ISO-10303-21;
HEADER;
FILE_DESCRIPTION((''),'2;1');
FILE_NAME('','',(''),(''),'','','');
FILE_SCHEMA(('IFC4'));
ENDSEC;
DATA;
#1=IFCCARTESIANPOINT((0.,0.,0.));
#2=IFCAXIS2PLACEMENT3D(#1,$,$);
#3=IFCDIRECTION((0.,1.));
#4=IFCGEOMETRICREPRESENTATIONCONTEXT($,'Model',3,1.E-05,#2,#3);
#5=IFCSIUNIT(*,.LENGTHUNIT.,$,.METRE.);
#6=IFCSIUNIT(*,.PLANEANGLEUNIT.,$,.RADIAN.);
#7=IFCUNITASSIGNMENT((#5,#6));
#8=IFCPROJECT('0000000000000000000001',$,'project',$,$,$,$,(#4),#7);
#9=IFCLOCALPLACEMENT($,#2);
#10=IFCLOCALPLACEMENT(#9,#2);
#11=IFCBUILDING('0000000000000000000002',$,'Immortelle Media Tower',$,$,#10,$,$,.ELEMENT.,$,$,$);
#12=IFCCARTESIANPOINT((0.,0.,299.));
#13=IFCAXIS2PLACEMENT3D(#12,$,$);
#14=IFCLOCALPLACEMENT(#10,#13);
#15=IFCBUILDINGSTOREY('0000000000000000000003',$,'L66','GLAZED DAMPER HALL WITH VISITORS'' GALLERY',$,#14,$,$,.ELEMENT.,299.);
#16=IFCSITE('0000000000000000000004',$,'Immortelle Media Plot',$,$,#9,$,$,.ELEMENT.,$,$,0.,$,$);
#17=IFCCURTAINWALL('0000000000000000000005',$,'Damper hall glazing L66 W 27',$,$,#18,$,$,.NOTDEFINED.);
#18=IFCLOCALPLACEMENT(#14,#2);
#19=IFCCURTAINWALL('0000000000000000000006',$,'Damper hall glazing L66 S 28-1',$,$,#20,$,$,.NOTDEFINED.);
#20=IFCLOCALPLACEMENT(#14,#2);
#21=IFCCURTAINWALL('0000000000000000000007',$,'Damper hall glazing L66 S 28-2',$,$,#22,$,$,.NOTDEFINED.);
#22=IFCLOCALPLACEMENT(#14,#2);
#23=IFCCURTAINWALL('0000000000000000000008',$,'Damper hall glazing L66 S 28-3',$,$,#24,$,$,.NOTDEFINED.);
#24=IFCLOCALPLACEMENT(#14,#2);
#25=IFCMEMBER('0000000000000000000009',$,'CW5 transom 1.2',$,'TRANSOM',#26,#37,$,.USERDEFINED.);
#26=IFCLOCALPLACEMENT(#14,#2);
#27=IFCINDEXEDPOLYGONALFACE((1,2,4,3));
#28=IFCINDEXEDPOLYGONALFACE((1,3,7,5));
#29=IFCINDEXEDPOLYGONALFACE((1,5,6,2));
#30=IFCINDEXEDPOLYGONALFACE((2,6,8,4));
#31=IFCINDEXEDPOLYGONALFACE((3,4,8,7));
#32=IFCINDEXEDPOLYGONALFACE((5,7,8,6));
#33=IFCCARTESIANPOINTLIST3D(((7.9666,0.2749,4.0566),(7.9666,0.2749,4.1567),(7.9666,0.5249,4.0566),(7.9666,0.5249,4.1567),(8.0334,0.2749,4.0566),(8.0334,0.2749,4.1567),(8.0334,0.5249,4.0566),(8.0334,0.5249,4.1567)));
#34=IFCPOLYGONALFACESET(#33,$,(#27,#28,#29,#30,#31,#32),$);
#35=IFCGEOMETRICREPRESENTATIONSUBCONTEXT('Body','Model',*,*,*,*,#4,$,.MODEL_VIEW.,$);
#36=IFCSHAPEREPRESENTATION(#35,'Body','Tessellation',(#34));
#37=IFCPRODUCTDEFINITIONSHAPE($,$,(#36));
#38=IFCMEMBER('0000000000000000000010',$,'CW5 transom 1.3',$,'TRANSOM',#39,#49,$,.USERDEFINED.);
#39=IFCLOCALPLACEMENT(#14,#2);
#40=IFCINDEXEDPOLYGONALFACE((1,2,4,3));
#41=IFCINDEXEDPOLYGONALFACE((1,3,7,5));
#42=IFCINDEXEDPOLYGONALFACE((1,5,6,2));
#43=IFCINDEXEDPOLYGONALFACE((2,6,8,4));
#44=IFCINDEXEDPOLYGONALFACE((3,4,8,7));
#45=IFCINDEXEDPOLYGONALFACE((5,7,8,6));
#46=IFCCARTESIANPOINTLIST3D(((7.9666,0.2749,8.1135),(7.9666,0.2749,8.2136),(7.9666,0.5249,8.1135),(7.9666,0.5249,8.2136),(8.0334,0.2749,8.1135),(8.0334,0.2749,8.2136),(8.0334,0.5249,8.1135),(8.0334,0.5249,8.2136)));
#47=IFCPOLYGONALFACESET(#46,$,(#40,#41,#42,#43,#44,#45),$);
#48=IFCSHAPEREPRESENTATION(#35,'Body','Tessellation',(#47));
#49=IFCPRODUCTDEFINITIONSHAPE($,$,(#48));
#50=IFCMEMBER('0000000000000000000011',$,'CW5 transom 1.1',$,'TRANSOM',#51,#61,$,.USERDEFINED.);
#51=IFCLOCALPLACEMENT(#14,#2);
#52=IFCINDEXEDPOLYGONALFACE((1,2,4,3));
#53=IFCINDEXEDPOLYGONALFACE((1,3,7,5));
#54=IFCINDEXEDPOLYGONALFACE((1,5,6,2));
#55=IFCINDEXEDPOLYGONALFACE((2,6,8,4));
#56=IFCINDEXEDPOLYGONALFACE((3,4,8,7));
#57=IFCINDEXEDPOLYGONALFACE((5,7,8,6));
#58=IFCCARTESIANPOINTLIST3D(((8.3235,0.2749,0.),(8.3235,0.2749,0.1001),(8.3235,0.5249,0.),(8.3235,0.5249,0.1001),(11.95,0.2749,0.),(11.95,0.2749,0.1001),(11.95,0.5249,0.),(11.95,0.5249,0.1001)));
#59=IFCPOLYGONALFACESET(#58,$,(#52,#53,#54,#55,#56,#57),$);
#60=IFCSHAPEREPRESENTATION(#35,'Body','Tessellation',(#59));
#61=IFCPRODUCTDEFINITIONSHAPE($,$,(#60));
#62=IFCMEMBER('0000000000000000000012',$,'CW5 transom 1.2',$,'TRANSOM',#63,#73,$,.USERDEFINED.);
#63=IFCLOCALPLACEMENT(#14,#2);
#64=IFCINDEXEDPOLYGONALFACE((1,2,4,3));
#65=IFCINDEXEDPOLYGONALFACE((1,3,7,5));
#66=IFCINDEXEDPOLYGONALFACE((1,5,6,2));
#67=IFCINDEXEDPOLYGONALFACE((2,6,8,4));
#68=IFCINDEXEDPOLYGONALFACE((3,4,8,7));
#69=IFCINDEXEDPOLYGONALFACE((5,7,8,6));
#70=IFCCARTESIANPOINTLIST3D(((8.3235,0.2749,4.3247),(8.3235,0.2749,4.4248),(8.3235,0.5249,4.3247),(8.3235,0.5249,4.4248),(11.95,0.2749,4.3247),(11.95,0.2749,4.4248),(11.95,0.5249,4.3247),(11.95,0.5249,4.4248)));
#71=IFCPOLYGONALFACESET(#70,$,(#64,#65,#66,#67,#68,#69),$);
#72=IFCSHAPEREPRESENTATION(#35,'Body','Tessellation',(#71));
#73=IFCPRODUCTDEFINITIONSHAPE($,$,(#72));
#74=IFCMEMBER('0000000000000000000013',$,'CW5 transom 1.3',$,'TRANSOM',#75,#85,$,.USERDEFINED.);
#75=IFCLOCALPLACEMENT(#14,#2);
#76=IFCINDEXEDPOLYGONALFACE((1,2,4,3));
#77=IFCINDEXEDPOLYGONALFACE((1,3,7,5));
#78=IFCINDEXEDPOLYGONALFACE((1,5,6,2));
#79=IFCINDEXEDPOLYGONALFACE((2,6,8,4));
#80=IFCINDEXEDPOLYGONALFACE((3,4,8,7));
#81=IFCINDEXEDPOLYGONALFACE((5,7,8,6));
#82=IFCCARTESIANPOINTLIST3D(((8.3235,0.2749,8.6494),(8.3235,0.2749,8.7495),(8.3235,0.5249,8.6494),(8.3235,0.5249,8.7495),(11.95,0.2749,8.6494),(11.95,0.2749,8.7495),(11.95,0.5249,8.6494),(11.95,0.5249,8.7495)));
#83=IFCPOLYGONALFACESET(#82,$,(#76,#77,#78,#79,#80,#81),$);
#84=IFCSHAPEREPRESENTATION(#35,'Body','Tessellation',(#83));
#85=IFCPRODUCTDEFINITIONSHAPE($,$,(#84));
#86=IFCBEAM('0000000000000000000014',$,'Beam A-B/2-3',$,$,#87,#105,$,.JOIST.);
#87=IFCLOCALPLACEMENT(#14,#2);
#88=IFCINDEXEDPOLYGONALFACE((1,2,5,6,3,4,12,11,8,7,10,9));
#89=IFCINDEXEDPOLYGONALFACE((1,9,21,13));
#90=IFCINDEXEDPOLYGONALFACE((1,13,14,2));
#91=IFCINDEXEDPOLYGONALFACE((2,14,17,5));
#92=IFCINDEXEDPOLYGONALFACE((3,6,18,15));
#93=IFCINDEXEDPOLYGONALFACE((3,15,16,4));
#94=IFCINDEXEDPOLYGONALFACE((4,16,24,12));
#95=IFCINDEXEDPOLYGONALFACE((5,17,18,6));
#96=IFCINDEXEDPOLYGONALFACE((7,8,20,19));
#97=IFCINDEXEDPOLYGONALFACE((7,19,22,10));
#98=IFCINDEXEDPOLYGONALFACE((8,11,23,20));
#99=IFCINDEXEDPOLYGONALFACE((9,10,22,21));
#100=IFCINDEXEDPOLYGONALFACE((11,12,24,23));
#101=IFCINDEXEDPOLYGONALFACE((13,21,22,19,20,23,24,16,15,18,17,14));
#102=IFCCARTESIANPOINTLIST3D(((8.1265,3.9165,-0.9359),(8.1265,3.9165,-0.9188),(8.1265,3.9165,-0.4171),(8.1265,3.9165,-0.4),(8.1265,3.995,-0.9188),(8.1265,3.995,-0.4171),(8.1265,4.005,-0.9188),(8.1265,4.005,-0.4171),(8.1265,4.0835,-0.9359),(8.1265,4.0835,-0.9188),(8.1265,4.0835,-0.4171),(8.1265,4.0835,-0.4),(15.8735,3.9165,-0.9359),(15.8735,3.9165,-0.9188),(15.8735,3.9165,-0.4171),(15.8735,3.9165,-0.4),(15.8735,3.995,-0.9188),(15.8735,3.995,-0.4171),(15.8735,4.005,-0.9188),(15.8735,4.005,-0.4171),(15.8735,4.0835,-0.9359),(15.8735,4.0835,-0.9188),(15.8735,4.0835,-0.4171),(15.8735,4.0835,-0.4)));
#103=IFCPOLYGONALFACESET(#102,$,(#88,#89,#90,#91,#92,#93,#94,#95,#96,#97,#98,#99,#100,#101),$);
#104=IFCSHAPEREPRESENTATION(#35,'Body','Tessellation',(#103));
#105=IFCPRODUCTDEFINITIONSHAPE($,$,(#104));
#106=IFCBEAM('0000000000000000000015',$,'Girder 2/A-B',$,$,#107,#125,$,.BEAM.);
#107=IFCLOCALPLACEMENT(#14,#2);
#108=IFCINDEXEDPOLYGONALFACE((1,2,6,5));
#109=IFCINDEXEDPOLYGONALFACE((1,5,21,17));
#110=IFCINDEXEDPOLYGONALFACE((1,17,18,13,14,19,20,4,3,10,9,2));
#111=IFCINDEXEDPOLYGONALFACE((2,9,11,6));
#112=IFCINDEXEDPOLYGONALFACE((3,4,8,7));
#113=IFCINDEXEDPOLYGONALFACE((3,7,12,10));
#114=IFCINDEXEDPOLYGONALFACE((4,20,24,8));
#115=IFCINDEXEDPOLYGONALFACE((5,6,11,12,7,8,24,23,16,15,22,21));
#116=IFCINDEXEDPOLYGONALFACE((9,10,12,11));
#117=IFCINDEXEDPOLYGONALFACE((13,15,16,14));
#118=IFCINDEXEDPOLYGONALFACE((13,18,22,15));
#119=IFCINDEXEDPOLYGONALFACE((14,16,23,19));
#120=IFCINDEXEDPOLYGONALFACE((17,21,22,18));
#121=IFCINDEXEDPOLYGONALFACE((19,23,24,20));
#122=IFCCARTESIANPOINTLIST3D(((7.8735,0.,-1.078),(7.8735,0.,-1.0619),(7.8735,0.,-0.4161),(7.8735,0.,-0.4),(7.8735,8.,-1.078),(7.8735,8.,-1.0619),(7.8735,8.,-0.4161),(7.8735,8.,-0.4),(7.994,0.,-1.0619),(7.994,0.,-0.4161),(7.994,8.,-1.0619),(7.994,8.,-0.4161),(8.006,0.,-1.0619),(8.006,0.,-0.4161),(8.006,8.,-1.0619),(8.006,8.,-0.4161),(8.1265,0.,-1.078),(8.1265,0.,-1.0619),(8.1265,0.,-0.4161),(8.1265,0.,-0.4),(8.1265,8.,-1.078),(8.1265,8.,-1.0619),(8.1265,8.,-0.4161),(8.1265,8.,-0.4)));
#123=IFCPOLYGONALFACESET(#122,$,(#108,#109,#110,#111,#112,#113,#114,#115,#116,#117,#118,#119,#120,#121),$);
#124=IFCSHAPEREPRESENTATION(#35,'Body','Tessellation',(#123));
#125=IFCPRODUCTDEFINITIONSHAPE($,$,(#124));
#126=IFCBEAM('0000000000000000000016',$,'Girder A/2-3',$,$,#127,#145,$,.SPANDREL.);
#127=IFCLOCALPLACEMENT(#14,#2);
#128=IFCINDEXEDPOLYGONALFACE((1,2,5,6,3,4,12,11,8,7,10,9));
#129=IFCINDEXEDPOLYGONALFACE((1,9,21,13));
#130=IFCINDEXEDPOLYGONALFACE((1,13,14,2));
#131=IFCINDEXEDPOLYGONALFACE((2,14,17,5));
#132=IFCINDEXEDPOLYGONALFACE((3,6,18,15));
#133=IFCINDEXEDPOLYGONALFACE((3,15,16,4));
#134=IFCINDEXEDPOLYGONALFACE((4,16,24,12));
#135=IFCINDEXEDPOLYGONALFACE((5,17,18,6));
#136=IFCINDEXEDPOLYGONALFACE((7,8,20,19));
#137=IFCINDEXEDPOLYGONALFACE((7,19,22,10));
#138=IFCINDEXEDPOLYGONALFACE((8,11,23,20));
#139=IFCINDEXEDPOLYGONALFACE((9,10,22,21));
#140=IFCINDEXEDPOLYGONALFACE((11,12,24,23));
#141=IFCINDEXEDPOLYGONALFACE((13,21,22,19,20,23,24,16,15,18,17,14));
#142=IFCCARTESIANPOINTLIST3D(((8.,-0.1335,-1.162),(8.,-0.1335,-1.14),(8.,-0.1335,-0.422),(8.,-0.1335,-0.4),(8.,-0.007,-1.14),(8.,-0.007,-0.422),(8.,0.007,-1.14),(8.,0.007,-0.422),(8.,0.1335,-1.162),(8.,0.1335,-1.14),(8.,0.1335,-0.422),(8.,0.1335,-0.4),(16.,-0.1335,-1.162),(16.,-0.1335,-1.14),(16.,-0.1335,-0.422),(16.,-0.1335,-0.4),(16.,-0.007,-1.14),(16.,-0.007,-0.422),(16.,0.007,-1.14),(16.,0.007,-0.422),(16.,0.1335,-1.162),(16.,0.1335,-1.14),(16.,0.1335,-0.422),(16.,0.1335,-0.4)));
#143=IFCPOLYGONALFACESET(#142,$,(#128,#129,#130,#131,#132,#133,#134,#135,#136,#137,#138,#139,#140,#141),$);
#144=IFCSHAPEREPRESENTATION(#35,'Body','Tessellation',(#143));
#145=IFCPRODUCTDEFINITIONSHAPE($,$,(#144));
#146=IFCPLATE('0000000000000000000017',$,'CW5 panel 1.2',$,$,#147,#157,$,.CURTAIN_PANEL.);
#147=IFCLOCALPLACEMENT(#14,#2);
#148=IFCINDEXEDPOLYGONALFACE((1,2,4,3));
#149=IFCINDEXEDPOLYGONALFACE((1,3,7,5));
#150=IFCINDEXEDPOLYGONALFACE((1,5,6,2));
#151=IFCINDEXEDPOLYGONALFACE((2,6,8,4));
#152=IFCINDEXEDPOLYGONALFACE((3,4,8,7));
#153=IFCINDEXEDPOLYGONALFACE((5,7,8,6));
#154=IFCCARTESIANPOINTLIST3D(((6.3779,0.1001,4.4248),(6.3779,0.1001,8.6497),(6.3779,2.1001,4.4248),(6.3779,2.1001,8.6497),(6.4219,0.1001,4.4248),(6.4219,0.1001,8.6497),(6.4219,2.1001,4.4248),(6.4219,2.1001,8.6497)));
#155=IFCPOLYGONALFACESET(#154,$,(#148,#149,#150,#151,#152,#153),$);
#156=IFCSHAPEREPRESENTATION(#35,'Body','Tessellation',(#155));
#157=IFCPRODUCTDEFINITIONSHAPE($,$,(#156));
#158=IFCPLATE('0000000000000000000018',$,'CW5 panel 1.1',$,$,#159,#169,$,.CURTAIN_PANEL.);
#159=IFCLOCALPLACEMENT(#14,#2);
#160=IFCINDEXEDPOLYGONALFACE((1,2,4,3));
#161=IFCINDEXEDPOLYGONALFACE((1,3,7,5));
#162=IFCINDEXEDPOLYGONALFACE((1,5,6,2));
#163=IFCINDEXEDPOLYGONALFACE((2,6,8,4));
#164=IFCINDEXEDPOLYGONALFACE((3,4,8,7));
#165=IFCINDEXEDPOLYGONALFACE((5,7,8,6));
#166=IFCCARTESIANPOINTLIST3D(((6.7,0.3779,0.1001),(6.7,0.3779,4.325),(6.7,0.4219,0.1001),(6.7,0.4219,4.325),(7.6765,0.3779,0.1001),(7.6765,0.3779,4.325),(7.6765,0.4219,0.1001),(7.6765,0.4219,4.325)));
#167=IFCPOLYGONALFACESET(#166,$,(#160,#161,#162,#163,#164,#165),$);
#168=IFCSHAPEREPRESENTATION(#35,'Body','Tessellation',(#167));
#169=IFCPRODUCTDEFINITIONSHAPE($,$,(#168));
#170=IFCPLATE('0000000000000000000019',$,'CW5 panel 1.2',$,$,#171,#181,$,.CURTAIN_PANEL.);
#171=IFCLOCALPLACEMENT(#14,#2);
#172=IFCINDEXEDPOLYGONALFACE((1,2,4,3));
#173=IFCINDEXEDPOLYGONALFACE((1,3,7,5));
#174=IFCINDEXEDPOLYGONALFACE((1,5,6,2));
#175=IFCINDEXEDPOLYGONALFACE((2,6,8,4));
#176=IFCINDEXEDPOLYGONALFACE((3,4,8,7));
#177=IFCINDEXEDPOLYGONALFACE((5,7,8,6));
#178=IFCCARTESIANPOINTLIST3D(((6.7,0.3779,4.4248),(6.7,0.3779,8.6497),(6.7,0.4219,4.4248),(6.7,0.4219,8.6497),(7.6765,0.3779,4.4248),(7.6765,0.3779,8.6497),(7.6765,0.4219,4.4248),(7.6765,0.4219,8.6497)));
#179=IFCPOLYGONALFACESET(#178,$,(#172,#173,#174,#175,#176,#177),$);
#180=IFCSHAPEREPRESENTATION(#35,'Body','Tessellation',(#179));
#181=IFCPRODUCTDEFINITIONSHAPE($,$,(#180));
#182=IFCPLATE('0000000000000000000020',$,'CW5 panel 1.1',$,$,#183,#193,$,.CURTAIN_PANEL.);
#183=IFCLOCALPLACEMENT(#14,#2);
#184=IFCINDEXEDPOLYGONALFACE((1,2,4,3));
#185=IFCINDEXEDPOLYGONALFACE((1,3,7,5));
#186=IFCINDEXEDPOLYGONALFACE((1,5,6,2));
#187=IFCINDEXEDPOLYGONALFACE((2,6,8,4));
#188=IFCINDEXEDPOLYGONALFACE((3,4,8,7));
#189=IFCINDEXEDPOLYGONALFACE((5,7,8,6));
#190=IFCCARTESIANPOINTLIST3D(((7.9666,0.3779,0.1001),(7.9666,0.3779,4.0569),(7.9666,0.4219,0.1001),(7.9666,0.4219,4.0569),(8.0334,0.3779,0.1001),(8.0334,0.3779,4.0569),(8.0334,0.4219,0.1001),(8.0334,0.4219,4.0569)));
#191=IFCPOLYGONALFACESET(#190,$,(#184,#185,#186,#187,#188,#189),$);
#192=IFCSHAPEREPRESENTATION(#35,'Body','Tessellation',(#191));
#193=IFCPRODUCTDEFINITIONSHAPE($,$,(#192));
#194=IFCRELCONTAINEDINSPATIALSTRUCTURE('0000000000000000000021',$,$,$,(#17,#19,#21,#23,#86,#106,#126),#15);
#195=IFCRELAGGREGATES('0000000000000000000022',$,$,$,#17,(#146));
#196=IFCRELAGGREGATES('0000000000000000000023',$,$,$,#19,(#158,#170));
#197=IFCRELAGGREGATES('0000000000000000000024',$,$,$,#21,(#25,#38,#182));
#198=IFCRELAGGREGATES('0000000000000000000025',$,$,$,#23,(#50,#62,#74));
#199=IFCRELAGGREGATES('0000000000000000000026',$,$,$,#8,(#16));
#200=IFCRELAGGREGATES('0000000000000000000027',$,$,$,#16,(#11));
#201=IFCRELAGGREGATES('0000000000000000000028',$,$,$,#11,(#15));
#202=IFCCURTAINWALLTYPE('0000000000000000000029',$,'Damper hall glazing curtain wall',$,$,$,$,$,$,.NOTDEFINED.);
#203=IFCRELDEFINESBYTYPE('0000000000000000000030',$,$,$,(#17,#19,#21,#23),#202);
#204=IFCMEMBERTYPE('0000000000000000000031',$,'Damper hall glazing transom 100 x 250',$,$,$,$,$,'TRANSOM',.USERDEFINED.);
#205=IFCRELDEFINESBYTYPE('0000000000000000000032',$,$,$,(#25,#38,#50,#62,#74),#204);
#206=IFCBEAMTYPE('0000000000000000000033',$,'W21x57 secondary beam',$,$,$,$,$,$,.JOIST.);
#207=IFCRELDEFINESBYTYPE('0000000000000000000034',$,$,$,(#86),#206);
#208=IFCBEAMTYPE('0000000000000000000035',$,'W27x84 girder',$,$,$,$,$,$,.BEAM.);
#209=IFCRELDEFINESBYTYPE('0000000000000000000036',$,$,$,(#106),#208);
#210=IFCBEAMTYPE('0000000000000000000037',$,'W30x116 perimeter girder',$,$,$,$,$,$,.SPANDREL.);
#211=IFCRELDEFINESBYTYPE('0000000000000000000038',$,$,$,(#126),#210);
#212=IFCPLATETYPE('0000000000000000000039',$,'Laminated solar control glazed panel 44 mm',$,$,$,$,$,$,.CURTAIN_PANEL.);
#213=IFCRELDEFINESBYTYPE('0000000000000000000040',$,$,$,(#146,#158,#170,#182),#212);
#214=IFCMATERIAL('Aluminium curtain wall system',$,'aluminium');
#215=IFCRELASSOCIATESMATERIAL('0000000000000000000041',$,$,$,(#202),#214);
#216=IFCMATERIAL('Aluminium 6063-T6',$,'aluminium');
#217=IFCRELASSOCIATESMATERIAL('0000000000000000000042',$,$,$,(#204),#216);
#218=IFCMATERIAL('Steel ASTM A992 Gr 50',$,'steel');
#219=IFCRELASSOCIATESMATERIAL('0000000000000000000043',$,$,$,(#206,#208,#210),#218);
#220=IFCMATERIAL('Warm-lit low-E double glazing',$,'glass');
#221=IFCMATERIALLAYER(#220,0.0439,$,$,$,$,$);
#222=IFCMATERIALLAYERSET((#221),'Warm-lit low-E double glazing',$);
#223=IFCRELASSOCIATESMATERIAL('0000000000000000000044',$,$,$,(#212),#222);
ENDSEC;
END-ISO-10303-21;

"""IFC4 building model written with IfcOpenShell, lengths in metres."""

from ifc_helpers import new_model, si_unit, direction, frame, origin, origin_2d, place, context, subcontext, project, spatial, rectangle, i_section, extrude, material, layer, layer_set, material_profile, profile_set, type_object, element, aggregate, save


model = new_model("IFC4")

# Units and contexts
model_context = context("Model", 3, precision=1e-05, world=origin(), true_north=direction((0.0, 1.0)))
body_context = subcontext(model_context, "Body", "Model", "MODEL_VIEW")
ifc_project = project(units=[si_unit("LENGTHUNIT", "METRE"), si_unit("PLANEANGLEUNIT", "RADIAN")], contexts=[model_context])

# Site, building, storey
site_placement = place(None, origin())
site = spatial("IfcSite", under=ifc_project, at=site_placement, Name="Immortelle Media Plot", CompositionType="ELEMENT", RefElevation=0.0)
building_placement = place(site_placement, origin())
building = spatial("IfcBuilding", under=site, at=building_placement, Name="Immortelle Media Tower", CompositionType="ELEMENT")
storey_placement = place(building_placement, frame((0.0, 0.0, 299.0)))
storey = spatial("IfcBuildingStorey", under=building, at=storey_placement, Name="L66", Description="GLAZED DAMPER HALL WITH VISITORS' GALLERY", CompositionType="ELEMENT", Elevation=299.0)

# Shared definitions
ifc_material_1 = material(Name="Steel ASTM A992 Gr 50", Category="steel")

# Curtain wall
ifc_material_2 = material(Name="Aluminium curtain wall system", Category="aluminium")
curtain_wall_type = type_object("IfcCurtainWallType", Name="Damper hall glazing curtain wall", PredefinedType="NOTDEFINED", material=ifc_material_2)
curtain_wall_1_placement = place(storey_placement, origin())
curtain_wall_1 = element("IfcCurtainWall", 1, at=curtain_wall_1_placement, inside=storey, type_object=curtain_wall_type, Name="Damper hall glazing L66 W 27", PredefinedType="NOTDEFINED")
ifc_material_3 = material(Name="Aluminium 6063-T6", Category="aluminium")

# Curtain walls
curtain_wall_2_placement = place(storey_placement, origin())
curtain_wall_2 = element("IfcCurtainWall", 2, at=curtain_wall_2_placement, inside=storey, type_object=curtain_wall_type, Name="Damper hall glazing L66 S 28-1", PredefinedType="NOTDEFINED")
curtain_wall_3_placement = place(storey_placement, origin())
curtain_wall_3 = element("IfcCurtainWall", 3, at=curtain_wall_3_placement, inside=storey, type_object=curtain_wall_type, Name="Damper hall glazing L66 S 28-2", PredefinedType="NOTDEFINED")

# Curtain wall
curtain_wall_4_placement = place(storey_placement, origin())
curtain_wall_4 = element("IfcCurtainWall", 4, at=curtain_wall_4_placement, inside=storey, type_object=curtain_wall_type, Name="Damper hall glazing L66 S 28-3", PredefinedType="NOTDEFINED")

# Members
ifc_material_profile_1 = material_profile(ifc_material_3, rectangle(XDim=0.25, YDim=0.1001, at=origin_2d()), Name="AL 100x250")
ifc_profile_set_1 = profile_set([ifc_material_profile_1], Name="Aluminium 6063-T6")
member_type_1 = type_object("IfcMemberType", Name="Damper hall glazing transom 100 x 250", ElementType="TRANSOM", PredefinedType="USERDEFINED", material=ifc_profile_set_1)
member_1_placement = place(storey_placement, frame((7.9666, 0.3999, 4.1067), z_axis=(1.0, 0.0, 0.0), x_axis=(0.0, 1.0, 0.0)))
member_1 = element("IfcMember", 5, at=member_1_placement, type_object=member_type_1, Name="CW5 transom 1.2", ObjectType="TRANSOM", PredefinedType="USERDEFINED", context=body_context, shape_type="SweptSolid", body=[
    extrude(rectangle(XDim=0.25, YDim=0.1001, at=origin_2d()), origin(), (0.0, 0.0, 1.0), 0.0669),
])
member_2_placement = place(storey_placement, frame((7.9666, 0.3999, 8.1636), z_axis=(1.0, 0.0, 0.0), x_axis=(0.0, 1.0, 0.0)))
member_2 = element("IfcMember", 6, at=member_2_placement, type_object=member_type_1, Name="CW5 transom 1.3", ObjectType="TRANSOM", PredefinedType="USERDEFINED", context=body_context, shape_type="SweptSolid", body=[
    extrude(rectangle(XDim=0.25, YDim=0.1001, at=origin_2d()), origin(), (0.0, 0.0, 1.0), 0.0669),
])
member_3_placement = place(storey_placement, frame((8.3235, 0.3999, 0.05), z_axis=(1.0, 0.0, 0.0), x_axis=(0.0, 1.0, 0.0)))
member_3 = element("IfcMember", 7, at=member_3_placement, type_object=member_type_1, Name="CW5 transom 1.1", ObjectType="TRANSOM", PredefinedType="USERDEFINED", context=body_context, shape_type="SweptSolid", body=[
    extrude(rectangle(XDim=0.25, YDim=0.1001, at=origin_2d()), origin(), (0.0, 0.0, 1.0), 3.6265),
])
member_4_placement = place(storey_placement, frame((8.3235, 0.3999, 4.3748), z_axis=(1.0, 0.0, 0.0), x_axis=(0.0, 1.0, 0.0)))
member_4 = element("IfcMember", 8, at=member_4_placement, type_object=member_type_1, Name="CW5 transom 1.2", ObjectType="TRANSOM", PredefinedType="USERDEFINED", context=body_context, shape_type="SweptSolid", body=[
    extrude(rectangle(XDim=0.25, YDim=0.1001, at=origin_2d()), origin(), (0.0, 0.0, 1.0), 3.6265),
])
member_5_placement = place(storey_placement, frame((8.3235, 0.3999, 8.6995), z_axis=(1.0, 0.0, 0.0), x_axis=(0.0, 1.0, 0.0)))
member_5 = element("IfcMember", 9, at=member_5_placement, type_object=member_type_1, Name="CW5 transom 1.3", ObjectType="TRANSOM", PredefinedType="USERDEFINED", context=body_context, shape_type="SweptSolid", body=[
    extrude(rectangle(XDim=0.25, YDim=0.1001, at=origin_2d()), origin(), (0.0, 0.0, 1.0), 3.6265),
])

# Beams
ifc_material_profile_2 = material_profile(ifc_material_1, i_section(OverallWidth=0.167, OverallDepth=0.5359, WebThickness=0.01, FlangeThickness=0.0171, at=origin_2d()), Name="W21x57")
ifc_profile_set_2 = profile_set([ifc_material_profile_2], Name="Steel ASTM A992 Gr 50")
beam_type_1 = type_object("IfcBeamType", Name="W21x57 secondary beam", PredefinedType="JOIST", material=ifc_profile_set_2)
beam_1_placement = place(storey_placement, frame((8.1265, 4.0, -0.668), z_axis=(1.0, 0.0, 0.0), x_axis=(0.0, 1.0, 0.0)))
element("IfcBeam", 10, at=beam_1_placement, inside=storey, type_object=beam_type_1, Name="Beam A-B/2-3", PredefinedType="JOIST", context=body_context, shape_type="SweptSolid", body=[
    extrude(i_section(OverallWidth=0.167, OverallDepth=0.5359, WebThickness=0.01, FlangeThickness=0.0171, at=origin_2d()), origin(), (0.0, 0.0, 1.0), 7.7471),
])
ifc_material_profile_3 = material_profile(ifc_material_1, i_section(OverallWidth=0.2529, OverallDepth=0.678, WebThickness=0.012, FlangeThickness=0.0161, at=origin_2d()), Name="W27x84")
ifc_profile_set_3 = profile_set([ifc_material_profile_3], Name="Steel ASTM A992 Gr 50")
beam_type_2 = type_object("IfcBeamType", Name="W27x84 girder", PredefinedType="BEAM", material=ifc_profile_set_3)
beam_2_placement = place(storey_placement, frame((8.0, 0.0, -0.739), z_axis=(0.0, 1.0, 0.0), x_axis=(-1.0, 0.0, 0.0)))
element("IfcBeam", 11, at=beam_2_placement, inside=storey, type_object=beam_type_2, Name="Girder 2/A-B", PredefinedType="BEAM", context=body_context, shape_type="SweptSolid", body=[
    extrude(i_section(OverallWidth=0.2529, OverallDepth=0.678, WebThickness=0.012, FlangeThickness=0.0161, at=origin_2d()), origin(), (0.0, 0.0, 1.0), 8.0),
])
ifc_material_profile_4 = material_profile(ifc_material_1, i_section(OverallWidth=0.2671, OverallDepth=0.762, WebThickness=0.0139, FlangeThickness=0.022, at=origin_2d()), Name="W30x116")
ifc_profile_set_4 = profile_set([ifc_material_profile_4], Name="Steel ASTM A992 Gr 50")
beam_type_3 = type_object("IfcBeamType", Name="W30x116 perimeter girder", PredefinedType="SPANDREL", material=ifc_profile_set_4)
beam_3_placement = place(storey_placement, frame((8.0, 0.0, -0.781), z_axis=(1.0, 0.0, 0.0), x_axis=(0.0, 1.0, 0.0)))
element("IfcBeam", 12, at=beam_3_placement, inside=storey, type_object=beam_type_3, Name="Girder A/2-3", PredefinedType="SPANDREL", context=body_context, shape_type="SweptSolid", body=[
    extrude(i_section(OverallWidth=0.2671, OverallDepth=0.762, WebThickness=0.0139, FlangeThickness=0.022, at=origin_2d()), origin(), (0.0, 0.0, 1.0), 8.0),
])

# Plates
ifc_material_4 = material(Name="Warm-lit low-E double glazing", Category="glass")
ifc_layer = layer(ifc_material_4, 0.0439)
ifc_layer_set = layer_set([ifc_layer], Name="Warm-lit low-E double glazing")
plate_type = type_object("IfcPlateType", Name="Laminated solar control glazed panel 44 mm", PredefinedType="CURTAIN_PANEL", material=ifc_layer_set)
plate_1_placement = place(storey_placement, frame((6.3999, 1.1001, 4.4248), z_axis=(0.0, 0.0, 1.0), x_axis=(0.0, -1.0, 0.0)))
plate_1 = element("IfcPlate", 13, at=plate_1_placement, type_object=plate_type, Name="CW5 panel 1.2", PredefinedType="CURTAIN_PANEL", context=body_context, shape_type="SweptSolid", body=[
    extrude(rectangle(XDim=2.0, YDim=0.0439, at=origin_2d()), origin(), (0.0, 0.0, 1.0), 4.2249),
])
aggregate(curtain_wall_1, [plate_1])
plate_2_placement = place(storey_placement, frame((7.1882, 0.3999, 0.1001), z_axis=(0.0, 0.0, 1.0), x_axis=(1.0, 0.0, 0.0)))
plate_2 = element("IfcPlate", 14, at=plate_2_placement, type_object=plate_type, Name="CW5 panel 1.1", PredefinedType="CURTAIN_PANEL", context=body_context, shape_type="SweptSolid", body=[
    extrude(rectangle(XDim=0.9766, YDim=0.0439, at=origin_2d()), origin(), (0.0, 0.0, 1.0), 4.2249),
])
plate_3_placement = place(storey_placement, frame((7.1882, 0.3999, 4.4248), z_axis=(0.0, 0.0, 1.0), x_axis=(1.0, 0.0, 0.0)))
plate_3 = element("IfcPlate", 15, at=plate_3_placement, type_object=plate_type, Name="CW5 panel 1.2", PredefinedType="CURTAIN_PANEL", context=body_context, shape_type="SweptSolid", body=[
    extrude(rectangle(XDim=0.9766, YDim=0.0439, at=origin_2d()), origin(), (0.0, 0.0, 1.0), 4.2249),
])
aggregate(curtain_wall_2, [plate_2, plate_3])
plate_4_placement = place(storey_placement, frame((8.0, 0.3999, 0.1001), z_axis=(0.0, 0.0, 1.0), x_axis=(1.0, 0.0, 0.0)))
plate_4 = element("IfcPlate", 16, at=plate_4_placement, type_object=plate_type, Name="CW5 panel 1.1", PredefinedType="CURTAIN_PANEL", context=body_context, shape_type="SweptSolid", body=[
    extrude(rectangle(XDim=0.0669, YDim=0.0439, at=origin_2d()), origin(), (0.0, 0.0, 1.0), 3.9568),
])
aggregate(curtain_wall_3, [member_1, member_2, plate_4])
aggregate(curtain_wall_4, [member_3, member_4, member_5])

save(model, "model.ifc")
